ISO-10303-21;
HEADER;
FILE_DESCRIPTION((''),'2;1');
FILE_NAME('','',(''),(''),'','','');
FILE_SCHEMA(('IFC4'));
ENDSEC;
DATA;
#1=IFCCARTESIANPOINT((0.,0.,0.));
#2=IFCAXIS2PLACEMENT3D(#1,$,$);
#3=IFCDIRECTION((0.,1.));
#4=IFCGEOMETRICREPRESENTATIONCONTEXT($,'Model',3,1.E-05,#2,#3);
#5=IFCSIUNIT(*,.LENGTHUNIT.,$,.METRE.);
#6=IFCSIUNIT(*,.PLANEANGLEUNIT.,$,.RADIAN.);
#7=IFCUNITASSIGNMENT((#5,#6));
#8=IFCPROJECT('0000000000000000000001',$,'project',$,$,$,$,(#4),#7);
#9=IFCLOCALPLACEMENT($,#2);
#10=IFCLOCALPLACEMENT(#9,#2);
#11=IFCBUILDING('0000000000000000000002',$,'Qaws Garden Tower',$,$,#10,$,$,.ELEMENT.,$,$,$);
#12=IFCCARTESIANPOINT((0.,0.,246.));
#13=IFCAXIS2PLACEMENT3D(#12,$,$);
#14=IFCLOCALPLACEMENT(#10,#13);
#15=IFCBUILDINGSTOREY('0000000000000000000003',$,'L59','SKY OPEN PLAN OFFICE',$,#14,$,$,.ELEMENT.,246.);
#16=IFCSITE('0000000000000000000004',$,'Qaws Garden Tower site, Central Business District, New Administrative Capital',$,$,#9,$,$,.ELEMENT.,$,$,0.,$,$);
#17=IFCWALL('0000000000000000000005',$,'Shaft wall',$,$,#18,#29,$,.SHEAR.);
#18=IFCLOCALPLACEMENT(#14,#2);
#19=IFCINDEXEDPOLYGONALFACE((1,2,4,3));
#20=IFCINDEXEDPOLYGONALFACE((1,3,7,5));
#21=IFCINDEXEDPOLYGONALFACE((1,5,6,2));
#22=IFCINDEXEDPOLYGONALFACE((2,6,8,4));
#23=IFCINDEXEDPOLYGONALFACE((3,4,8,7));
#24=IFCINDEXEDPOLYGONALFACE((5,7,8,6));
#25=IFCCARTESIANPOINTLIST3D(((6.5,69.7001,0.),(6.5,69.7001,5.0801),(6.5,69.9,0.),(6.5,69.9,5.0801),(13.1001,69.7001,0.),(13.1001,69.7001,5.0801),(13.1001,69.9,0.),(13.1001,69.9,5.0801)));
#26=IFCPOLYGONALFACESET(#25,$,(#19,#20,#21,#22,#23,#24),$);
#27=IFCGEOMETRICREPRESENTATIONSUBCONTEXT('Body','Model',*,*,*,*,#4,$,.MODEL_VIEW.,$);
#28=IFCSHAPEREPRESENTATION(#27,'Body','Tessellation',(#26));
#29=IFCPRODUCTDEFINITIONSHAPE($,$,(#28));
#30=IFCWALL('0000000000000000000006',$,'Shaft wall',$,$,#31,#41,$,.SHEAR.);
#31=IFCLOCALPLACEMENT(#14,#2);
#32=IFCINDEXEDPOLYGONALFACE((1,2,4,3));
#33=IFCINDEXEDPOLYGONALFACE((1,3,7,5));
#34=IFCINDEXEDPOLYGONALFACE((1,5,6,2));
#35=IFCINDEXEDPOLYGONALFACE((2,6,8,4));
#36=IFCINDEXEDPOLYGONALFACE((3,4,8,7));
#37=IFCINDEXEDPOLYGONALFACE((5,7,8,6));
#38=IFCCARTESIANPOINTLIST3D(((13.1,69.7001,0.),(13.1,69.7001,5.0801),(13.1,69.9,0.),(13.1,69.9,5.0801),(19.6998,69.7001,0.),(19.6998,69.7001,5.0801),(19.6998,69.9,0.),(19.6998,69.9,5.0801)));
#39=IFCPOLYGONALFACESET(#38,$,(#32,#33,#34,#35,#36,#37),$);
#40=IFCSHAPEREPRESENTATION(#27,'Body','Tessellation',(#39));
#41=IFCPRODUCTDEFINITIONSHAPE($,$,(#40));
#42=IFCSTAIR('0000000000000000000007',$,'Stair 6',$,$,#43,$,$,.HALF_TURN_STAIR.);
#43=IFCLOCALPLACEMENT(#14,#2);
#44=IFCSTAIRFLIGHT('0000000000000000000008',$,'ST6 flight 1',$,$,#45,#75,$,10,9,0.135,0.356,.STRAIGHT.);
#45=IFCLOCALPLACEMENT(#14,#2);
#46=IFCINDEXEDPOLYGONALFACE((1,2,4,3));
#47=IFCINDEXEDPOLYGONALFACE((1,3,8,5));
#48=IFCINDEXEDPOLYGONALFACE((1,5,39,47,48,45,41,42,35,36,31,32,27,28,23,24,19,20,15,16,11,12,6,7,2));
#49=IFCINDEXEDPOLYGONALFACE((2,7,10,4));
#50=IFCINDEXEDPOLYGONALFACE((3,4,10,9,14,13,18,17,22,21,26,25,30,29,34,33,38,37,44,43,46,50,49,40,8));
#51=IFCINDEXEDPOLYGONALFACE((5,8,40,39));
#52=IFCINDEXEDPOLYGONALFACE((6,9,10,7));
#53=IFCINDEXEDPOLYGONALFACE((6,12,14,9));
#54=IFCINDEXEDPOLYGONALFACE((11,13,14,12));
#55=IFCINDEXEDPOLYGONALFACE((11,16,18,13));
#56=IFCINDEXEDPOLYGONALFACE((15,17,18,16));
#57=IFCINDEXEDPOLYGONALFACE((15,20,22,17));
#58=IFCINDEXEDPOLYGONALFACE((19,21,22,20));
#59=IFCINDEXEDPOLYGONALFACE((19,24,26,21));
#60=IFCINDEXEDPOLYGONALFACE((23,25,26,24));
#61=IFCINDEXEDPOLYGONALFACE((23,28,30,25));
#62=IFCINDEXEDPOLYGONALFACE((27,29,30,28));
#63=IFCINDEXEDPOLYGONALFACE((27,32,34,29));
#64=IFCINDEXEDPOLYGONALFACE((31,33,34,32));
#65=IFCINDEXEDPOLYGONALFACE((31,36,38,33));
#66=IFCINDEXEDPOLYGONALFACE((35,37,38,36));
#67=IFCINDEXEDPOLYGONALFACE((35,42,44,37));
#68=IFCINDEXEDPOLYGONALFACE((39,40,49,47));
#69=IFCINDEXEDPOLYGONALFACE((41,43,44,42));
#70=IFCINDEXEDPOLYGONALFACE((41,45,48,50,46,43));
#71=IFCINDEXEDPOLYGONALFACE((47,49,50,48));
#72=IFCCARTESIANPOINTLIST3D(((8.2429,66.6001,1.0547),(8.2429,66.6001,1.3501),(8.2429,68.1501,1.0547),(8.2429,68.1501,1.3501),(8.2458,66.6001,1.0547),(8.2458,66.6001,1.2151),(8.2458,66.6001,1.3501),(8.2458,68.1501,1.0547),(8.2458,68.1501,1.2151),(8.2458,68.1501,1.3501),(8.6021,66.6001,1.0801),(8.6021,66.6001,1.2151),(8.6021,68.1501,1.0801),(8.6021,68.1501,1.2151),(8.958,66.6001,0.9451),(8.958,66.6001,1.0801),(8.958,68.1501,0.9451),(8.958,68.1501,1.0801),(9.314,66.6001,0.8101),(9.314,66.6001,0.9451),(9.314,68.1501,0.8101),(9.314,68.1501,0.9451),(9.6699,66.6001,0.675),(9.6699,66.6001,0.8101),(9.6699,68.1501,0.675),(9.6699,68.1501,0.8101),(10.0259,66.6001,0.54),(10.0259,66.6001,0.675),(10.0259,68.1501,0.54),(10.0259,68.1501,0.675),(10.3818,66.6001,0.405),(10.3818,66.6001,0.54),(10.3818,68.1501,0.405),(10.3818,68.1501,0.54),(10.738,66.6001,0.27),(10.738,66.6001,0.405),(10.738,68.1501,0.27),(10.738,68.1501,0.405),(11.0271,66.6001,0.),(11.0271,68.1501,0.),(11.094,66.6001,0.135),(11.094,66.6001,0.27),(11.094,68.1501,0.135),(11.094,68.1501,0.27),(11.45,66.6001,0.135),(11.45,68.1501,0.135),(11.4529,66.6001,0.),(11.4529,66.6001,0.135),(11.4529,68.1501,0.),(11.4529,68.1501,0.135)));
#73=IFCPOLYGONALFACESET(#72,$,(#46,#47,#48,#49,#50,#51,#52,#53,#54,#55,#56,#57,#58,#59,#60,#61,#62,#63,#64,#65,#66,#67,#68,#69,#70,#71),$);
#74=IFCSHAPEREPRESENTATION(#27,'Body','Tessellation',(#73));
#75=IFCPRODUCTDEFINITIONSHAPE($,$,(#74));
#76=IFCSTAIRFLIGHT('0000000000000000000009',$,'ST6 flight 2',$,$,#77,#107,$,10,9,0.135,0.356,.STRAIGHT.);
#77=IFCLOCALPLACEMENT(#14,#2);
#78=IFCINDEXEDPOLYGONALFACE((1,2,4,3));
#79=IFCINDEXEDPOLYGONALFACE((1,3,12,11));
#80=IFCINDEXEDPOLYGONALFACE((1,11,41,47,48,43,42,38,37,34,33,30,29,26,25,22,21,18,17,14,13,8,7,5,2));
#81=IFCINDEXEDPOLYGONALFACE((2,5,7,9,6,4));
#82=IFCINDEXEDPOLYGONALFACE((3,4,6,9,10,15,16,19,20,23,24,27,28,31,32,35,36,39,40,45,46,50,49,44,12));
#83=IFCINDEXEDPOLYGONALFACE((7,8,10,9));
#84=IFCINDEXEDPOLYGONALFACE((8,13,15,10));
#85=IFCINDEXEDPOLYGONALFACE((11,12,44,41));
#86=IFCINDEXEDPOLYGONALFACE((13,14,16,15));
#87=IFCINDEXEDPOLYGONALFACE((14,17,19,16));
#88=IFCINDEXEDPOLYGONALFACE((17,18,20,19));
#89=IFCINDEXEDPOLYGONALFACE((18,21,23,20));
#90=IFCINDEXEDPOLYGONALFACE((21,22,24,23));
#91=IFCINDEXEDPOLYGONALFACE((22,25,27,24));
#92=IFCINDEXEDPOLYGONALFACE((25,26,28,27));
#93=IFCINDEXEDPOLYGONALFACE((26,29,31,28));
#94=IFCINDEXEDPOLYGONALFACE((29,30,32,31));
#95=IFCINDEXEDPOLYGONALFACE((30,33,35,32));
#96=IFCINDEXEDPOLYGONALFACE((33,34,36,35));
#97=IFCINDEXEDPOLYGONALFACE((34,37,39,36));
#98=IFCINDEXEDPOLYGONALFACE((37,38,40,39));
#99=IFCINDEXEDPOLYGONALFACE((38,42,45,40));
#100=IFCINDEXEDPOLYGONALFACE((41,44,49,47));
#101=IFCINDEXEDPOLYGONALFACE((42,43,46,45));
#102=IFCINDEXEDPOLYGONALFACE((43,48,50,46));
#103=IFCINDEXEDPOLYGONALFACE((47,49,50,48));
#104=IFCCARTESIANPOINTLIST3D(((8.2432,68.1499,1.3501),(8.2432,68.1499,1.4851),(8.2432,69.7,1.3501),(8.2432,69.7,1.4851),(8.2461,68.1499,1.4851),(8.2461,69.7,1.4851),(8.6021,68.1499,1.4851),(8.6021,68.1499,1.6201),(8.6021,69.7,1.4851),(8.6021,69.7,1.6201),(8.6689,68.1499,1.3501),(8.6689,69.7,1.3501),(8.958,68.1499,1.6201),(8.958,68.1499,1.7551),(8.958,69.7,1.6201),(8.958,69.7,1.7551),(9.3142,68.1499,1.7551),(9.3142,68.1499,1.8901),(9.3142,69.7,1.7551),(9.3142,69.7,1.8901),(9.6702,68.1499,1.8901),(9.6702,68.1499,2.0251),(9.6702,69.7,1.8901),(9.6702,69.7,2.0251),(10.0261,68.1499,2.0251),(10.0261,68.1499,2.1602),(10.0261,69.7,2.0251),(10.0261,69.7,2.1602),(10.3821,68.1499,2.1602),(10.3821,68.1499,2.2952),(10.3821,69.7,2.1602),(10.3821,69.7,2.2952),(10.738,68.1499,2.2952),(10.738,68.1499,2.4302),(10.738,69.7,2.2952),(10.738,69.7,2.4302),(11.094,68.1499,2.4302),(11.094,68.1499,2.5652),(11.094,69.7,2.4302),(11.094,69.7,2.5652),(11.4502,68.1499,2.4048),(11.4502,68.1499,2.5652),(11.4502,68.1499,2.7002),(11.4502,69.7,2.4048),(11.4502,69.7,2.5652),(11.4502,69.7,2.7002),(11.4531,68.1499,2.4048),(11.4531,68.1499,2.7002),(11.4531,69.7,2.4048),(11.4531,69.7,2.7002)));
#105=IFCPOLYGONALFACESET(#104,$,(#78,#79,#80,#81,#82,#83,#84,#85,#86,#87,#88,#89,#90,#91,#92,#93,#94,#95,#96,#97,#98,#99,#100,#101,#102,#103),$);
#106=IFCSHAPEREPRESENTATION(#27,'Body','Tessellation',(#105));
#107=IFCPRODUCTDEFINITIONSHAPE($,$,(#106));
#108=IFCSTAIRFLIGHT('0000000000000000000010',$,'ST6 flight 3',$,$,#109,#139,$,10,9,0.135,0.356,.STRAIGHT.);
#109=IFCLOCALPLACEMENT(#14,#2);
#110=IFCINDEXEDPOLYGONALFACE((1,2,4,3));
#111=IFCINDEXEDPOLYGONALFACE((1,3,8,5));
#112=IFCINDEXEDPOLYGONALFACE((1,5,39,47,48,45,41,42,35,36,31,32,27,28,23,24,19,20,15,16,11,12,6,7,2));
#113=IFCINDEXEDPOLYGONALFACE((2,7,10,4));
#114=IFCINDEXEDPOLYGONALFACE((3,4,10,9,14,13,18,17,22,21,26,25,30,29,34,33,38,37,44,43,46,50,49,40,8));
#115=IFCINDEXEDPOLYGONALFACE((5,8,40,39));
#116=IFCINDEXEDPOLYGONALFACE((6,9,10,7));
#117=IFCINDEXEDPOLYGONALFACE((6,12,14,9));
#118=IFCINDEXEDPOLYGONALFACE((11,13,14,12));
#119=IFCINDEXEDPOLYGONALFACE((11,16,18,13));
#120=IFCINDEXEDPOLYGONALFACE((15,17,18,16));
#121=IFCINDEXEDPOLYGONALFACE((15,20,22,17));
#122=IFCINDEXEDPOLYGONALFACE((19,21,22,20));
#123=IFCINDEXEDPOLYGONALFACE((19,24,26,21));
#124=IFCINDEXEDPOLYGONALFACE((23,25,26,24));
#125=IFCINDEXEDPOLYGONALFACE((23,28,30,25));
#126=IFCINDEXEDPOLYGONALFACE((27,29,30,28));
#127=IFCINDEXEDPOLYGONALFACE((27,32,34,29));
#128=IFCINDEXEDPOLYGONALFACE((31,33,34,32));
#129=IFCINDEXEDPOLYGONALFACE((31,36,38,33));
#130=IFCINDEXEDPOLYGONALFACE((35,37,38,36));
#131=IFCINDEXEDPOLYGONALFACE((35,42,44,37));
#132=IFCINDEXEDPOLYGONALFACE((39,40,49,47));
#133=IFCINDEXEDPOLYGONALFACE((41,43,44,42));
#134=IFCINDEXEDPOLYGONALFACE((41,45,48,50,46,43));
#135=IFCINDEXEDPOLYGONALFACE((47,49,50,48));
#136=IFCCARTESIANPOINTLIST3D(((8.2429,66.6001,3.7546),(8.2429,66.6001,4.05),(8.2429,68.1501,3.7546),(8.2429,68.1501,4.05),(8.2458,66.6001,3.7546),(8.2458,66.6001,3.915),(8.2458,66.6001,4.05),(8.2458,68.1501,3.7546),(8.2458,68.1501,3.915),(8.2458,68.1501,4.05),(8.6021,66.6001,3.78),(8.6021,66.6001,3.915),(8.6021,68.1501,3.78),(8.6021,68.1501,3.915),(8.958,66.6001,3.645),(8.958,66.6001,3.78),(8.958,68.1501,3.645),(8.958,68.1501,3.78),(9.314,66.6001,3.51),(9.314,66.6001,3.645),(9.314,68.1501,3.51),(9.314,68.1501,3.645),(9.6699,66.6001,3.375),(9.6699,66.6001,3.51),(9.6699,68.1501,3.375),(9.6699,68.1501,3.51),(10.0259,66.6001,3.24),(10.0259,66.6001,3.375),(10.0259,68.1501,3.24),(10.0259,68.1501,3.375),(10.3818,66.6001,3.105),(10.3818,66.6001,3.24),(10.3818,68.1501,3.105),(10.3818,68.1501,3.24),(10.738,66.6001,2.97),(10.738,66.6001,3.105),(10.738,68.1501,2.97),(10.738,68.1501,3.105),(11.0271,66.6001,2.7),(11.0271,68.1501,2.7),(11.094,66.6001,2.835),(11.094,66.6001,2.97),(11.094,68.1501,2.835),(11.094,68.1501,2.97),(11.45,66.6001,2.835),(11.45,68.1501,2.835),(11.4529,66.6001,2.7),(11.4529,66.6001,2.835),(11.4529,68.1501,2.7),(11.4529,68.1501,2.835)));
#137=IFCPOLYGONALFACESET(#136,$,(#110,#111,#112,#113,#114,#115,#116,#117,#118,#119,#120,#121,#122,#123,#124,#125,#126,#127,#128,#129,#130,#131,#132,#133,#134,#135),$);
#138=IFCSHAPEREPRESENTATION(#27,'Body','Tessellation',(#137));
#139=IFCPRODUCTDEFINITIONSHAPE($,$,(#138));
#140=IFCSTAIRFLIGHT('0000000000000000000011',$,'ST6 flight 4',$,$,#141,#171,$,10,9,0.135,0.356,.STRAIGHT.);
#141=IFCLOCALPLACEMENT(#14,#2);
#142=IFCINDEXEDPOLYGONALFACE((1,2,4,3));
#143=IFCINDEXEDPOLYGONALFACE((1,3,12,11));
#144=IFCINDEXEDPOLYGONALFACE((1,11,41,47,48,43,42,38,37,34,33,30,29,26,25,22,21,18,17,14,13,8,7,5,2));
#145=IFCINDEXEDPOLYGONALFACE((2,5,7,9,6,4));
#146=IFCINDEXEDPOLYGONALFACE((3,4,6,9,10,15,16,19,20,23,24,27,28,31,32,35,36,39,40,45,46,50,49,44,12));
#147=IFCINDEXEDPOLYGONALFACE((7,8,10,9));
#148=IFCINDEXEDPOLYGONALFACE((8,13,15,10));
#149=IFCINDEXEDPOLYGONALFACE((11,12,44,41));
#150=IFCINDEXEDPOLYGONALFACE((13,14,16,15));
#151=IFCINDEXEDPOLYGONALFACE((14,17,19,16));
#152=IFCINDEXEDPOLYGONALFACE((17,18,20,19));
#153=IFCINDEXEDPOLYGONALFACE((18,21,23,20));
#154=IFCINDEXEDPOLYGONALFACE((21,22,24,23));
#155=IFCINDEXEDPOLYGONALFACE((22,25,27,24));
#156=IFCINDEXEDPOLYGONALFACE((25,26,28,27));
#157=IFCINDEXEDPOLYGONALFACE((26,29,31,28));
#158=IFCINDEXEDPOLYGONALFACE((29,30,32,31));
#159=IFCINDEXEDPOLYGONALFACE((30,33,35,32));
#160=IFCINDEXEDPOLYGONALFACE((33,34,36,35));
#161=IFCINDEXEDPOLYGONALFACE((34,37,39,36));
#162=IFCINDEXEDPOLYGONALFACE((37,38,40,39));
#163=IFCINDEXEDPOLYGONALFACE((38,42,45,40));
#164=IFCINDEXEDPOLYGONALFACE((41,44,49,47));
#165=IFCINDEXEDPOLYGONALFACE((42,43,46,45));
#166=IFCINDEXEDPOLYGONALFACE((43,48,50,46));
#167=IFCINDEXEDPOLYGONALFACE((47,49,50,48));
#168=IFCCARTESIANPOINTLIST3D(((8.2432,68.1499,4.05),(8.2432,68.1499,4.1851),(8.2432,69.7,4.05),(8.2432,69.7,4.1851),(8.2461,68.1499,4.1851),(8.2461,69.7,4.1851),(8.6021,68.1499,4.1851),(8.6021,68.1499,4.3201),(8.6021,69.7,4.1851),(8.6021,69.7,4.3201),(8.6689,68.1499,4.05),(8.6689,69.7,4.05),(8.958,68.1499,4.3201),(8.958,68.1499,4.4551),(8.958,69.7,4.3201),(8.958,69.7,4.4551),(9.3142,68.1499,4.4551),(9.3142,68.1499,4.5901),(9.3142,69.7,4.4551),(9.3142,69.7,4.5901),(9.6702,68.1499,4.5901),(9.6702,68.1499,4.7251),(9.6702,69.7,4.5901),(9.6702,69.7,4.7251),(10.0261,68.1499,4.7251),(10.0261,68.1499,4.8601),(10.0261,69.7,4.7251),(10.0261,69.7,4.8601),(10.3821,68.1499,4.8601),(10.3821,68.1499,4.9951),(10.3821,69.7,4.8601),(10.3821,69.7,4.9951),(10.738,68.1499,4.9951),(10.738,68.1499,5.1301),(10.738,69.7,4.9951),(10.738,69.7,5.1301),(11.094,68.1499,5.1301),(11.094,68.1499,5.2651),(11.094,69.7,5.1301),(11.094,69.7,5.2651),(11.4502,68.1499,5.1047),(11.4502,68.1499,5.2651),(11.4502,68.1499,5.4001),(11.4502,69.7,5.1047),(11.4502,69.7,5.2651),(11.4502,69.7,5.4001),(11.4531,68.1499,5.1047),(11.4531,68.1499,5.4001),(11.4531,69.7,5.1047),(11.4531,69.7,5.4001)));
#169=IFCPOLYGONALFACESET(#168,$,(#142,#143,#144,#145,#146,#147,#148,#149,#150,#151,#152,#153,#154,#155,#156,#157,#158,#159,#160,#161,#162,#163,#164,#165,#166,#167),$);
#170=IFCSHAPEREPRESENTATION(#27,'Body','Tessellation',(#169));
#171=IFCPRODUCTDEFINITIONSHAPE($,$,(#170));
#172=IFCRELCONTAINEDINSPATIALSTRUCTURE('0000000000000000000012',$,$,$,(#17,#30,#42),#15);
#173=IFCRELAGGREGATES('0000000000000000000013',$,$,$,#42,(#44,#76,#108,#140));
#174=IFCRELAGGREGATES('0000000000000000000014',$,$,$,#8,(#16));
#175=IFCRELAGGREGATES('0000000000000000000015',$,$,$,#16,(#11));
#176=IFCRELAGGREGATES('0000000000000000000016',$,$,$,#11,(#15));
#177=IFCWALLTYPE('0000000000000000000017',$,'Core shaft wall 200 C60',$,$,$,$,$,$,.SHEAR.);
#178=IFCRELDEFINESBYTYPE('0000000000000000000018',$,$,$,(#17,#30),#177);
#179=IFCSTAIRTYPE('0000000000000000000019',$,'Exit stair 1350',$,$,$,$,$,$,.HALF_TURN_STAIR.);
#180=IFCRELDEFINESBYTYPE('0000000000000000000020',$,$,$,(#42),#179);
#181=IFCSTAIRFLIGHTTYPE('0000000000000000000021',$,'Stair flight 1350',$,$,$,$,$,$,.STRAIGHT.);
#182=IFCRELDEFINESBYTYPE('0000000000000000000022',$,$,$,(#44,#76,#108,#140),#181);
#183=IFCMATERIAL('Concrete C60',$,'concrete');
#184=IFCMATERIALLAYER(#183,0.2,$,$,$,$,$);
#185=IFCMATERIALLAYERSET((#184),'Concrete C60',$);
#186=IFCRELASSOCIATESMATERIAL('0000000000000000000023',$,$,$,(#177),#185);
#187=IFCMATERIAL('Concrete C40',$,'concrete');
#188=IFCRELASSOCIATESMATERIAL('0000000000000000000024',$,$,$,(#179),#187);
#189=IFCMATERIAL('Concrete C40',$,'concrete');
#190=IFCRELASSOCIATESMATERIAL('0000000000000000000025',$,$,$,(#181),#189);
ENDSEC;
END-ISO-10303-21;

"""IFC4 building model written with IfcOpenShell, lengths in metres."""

from ifc_helpers import new_model, si_unit, direction, frame, frame_2d, origin, place, context, subcontext, project, spatial, polyline, rectangle, outline, extrude, material, layer, layer_set, type_object, element, aggregate, save


model = new_model("IFC4")

# Units and contexts
model_context = context("Model", 3, precision=1e-05, world=origin(), true_north=direction((0.0, 1.0)))
body_context = subcontext(model_context, "Body", "Model", "MODEL_VIEW")
ifc_project = project(units=[si_unit("LENGTHUNIT", "METRE"), si_unit("PLANEANGLEUNIT", "RADIAN")], contexts=[model_context])

# Site, building, storey
site_placement = place(None, origin())
site = spatial("IfcSite", under=ifc_project, at=site_placement, Name="Qaws Garden Tower site, Central Business District, New Administrative Capital", CompositionType="ELEMENT", RefElevation=0.0)
building_placement = place(site_placement, origin())
building = spatial("IfcBuilding", under=site, at=building_placement, Name="Qaws Garden Tower", CompositionType="ELEMENT")
storey_placement = place(building_placement, frame((0.0, 0.0, 246.0)))
storey = spatial("IfcBuildingStorey", under=building, at=storey_placement, Name="L59", Description="SKY OPEN PLAN OFFICE", CompositionType="ELEMENT", Elevation=246.0)

# Walls
ifc_material_1 = material(Name="Concrete C60", Category="concrete")
ifc_layer_1 = layer(ifc_material_1, 0.2)
ifc_layer_set_1 = layer_set([ifc_layer_1], Name="Concrete C60")
wall_type_1 = type_object("IfcWallType", Name="Core shaft wall 200 C60", PredefinedType="SHEAR", material=ifc_layer_set_1)
wall_1_placement = place(storey_placement, frame((6.5, 69.8, 0.0), z_axis=(0.0, 0.0, 1.0), x_axis=(1.0, 0.0, 0.0)))
element("IfcWall", 1, at=wall_1_placement, inside=storey, type_object=wall_type_1, Name="Shaft wall", PredefinedType="SHEAR", context=body_context, shape_type="SweptSolid", body=[
    extrude(rectangle(XDim=6.6001, YDim=0.2, at=frame_2d((3.3, 0.0))), origin(), (0.0, 0.0, 1.0), 5.0801),
])
wall_2_placement = place(storey_placement, frame((13.1001, 69.8, 0.0), z_axis=(0.0, 0.0, 1.0), x_axis=(1.0, 0.0, 0.0)))
element("IfcWall", 2, at=wall_2_placement, inside=storey, type_object=wall_type_1, Name="Shaft wall", PredefinedType="SHEAR", context=body_context, shape_type="SweptSolid", body=[
    extrude(rectangle(XDim=6.5999, YDim=0.2, at=frame_2d((3.2998, 0.0))), origin(), (0.0, 0.0, 1.0), 5.0801),
])

# Stair, stair flights
ifc_material_2 = material(Name="Concrete C40", Category="concrete")
stair_type = type_object("IfcStairType", Name="Exit stair 1350", PredefinedType="HALF_TURN_STAIR", material=ifc_material_2)
stair_placement = place(storey_placement, origin())
stair = element("IfcStair", 3, at=stair_placement, inside=storey, type_object=stair_type, Name="Stair 6", PredefinedType="HALF_TURN_STAIR")
ifc_material_3 = material(Name="Concrete C40", Category="concrete")
stair_flight_type = type_object("IfcStairFlightType", Name="Stair flight 1350", PredefinedType="STRAIGHT", material=ifc_material_3)
stair_flight_1_placement = place(storey_placement, frame((11.45, 67.375, 0.0), z_axis=(0.0, 0.0, 1.0), x_axis=(-1.0, 0.0, 0.0)))
stair_flight_1 = element("IfcStairFlight", 4, at=stair_flight_1_placement, type_object=stair_flight_type, Name="ST6 flight 1", NumberOfRisers=10, NumberOfTreads=9, PredefinedType="STRAIGHT", RiserHeight=0.135, TreadLength=0.356, context=body_context, shape_type="SweptSolid", body=[
    extrude(outline(polyline([(-0.0029, 0.0), (-0.0029, 0.135), (0.0, 0.135), (0.356, 0.135), (0.356, 0.27), (0.7119, 0.27), (0.7119, 0.405), (1.0681, 0.405), (1.0681, 0.54), (1.4241, 0.54), (1.4241, 0.675), (1.78, 0.675), (1.78, 0.8101), (2.136, 0.8101), (2.136, 0.9451), (2.4919, 0.9451), (2.4919, 1.0801), (2.8479, 1.0801), (2.8479, 1.2151), (3.2041, 1.2151), (3.2041, 1.3501), (3.207, 1.3501), (3.207, 1.0547), (3.2041, 1.0547), (0.4229, 0.0), (-0.0029, 0.0)])), frame((0.0, 0.7749, 0.0), z_axis=(0.0, -1.0, 0.0), x_axis=(1.0, 0.0, 0.0)), (0.0, 0.0, 1.0), 1.55),
])
stair_flight_2_placement = place(storey_placement, frame((8.2461, 68.925, 1.3501), z_axis=(0.0, 0.0, 1.0), x_axis=(1.0, 0.0, 0.0)))
stair_flight_2 = element("IfcStairFlight", 5, at=stair_flight_2_placement, type_object=stair_flight_type, Name="ST6 flight 2", NumberOfRisers=10, NumberOfTreads=9, PredefinedType="STRAIGHT", RiserHeight=0.135, TreadLength=0.356, context=body_context, shape_type="SweptSolid", body=[
    extrude(outline(polyline([(-0.0029, 0.0), (-0.0029, 0.135), (0.0, 0.135), (0.356, 0.135), (0.356, 0.27), (0.7119, 0.27), (0.7119, 0.405), (1.0681, 0.405), (1.0681, 0.54), (1.4241, 0.54), (1.4241, 0.675), (1.78, 0.675), (1.78, 0.8101), (2.136, 0.8101), (2.136, 0.9451), (2.4919, 0.9451), (2.4919, 1.0801), (2.8479, 1.0801), (2.8479, 1.2151), (3.2041, 1.2151), (3.2041, 1.3501), (3.207, 1.3501), (3.207, 1.0547), (3.2041, 1.0547), (0.4229, 0.0), (-0.0029, 0.0)])), frame((0.0, 0.7749, 0.0), z_axis=(0.0, -1.0, 0.0), x_axis=(1.0, 0.0, 0.0)), (0.0, 0.0, 1.0), 1.55),
])
stair_flight_3_placement = place(storey_placement, frame((11.45, 67.375, 2.7), z_axis=(0.0, 0.0, 1.0), x_axis=(-1.0, 0.0, 0.0)))
stair_flight_3 = element("IfcStairFlight", 6, at=stair_flight_3_placement, type_object=stair_flight_type, Name="ST6 flight 3", NumberOfRisers=10, NumberOfTreads=9, PredefinedType="STRAIGHT", RiserHeight=0.135, TreadLength=0.356, context=body_context, shape_type="SweptSolid", body=[
    extrude(outline(polyline([(-0.0029, 0.0), (-0.0029, 0.135), (0.0, 0.135), (0.356, 0.135), (0.356, 0.27), (0.7119, 0.27), (0.7119, 0.405), (1.0681, 0.405), (1.0681, 0.54), (1.4241, 0.54), (1.4241, 0.675), (1.78, 0.675), (1.78, 0.8101), (2.136, 0.8101), (2.136, 0.9451), (2.4919, 0.9451), (2.4919, 1.0801), (2.8479, 1.0801), (2.8479, 1.2151), (3.2041, 1.2151), (3.2041, 1.3501), (3.207, 1.3501), (3.207, 1.0547), (3.2041, 1.0547), (0.4229, 0.0), (-0.0029, 0.0)])), frame((0.0, 0.7749, 0.0), z_axis=(0.0, -1.0, 0.0), x_axis=(1.0, 0.0, 0.0)), (0.0, 0.0, 1.0), 1.55),
])
stair_flight_4_placement = place(storey_placement, frame((8.2461, 68.925, 4.05), z_axis=(0.0, 0.0, 1.0), x_axis=(1.0, 0.0, 0.0)))
stair_flight_4 = element("IfcStairFlight", 7, at=stair_flight_4_placement, type_object=stair_flight_type, Name="ST6 flight 4", NumberOfRisers=10, NumberOfTreads=9, PredefinedType="STRAIGHT", RiserHeight=0.135, TreadLength=0.356, context=body_context, shape_type="SweptSolid", body=[
    extrude(outline(polyline([(-0.0029, 0.0), (-0.0029, 0.135), (0.0, 0.135), (0.356, 0.135), (0.356, 0.27), (0.7119, 0.27), (0.7119, 0.405), (1.0681, 0.405), (1.0681, 0.54), (1.4241, 0.54), (1.4241, 0.675), (1.78, 0.675), (1.78, 0.8101), (2.136, 0.8101), (2.136, 0.9451), (2.4919, 0.9451), (2.4919, 1.0801), (2.8479, 1.0801), (2.8479, 1.2151), (3.2041, 1.2151), (3.2041, 1.3501), (3.207, 1.3501), (3.207, 1.0547), (3.2041, 1.0547), (0.4229, 0.0), (-0.0029, 0.0)])), frame((0.0, 0.7749, 0.0), z_axis=(0.0, -1.0, 0.0), x_axis=(1.0, 0.0, 0.0)), (0.0, 0.0, 1.0), 1.55),
])
aggregate(stair, [stair_flight_1, stair_flight_2, stair_flight_3, stair_flight_4])

save(model, "model.ifc")
